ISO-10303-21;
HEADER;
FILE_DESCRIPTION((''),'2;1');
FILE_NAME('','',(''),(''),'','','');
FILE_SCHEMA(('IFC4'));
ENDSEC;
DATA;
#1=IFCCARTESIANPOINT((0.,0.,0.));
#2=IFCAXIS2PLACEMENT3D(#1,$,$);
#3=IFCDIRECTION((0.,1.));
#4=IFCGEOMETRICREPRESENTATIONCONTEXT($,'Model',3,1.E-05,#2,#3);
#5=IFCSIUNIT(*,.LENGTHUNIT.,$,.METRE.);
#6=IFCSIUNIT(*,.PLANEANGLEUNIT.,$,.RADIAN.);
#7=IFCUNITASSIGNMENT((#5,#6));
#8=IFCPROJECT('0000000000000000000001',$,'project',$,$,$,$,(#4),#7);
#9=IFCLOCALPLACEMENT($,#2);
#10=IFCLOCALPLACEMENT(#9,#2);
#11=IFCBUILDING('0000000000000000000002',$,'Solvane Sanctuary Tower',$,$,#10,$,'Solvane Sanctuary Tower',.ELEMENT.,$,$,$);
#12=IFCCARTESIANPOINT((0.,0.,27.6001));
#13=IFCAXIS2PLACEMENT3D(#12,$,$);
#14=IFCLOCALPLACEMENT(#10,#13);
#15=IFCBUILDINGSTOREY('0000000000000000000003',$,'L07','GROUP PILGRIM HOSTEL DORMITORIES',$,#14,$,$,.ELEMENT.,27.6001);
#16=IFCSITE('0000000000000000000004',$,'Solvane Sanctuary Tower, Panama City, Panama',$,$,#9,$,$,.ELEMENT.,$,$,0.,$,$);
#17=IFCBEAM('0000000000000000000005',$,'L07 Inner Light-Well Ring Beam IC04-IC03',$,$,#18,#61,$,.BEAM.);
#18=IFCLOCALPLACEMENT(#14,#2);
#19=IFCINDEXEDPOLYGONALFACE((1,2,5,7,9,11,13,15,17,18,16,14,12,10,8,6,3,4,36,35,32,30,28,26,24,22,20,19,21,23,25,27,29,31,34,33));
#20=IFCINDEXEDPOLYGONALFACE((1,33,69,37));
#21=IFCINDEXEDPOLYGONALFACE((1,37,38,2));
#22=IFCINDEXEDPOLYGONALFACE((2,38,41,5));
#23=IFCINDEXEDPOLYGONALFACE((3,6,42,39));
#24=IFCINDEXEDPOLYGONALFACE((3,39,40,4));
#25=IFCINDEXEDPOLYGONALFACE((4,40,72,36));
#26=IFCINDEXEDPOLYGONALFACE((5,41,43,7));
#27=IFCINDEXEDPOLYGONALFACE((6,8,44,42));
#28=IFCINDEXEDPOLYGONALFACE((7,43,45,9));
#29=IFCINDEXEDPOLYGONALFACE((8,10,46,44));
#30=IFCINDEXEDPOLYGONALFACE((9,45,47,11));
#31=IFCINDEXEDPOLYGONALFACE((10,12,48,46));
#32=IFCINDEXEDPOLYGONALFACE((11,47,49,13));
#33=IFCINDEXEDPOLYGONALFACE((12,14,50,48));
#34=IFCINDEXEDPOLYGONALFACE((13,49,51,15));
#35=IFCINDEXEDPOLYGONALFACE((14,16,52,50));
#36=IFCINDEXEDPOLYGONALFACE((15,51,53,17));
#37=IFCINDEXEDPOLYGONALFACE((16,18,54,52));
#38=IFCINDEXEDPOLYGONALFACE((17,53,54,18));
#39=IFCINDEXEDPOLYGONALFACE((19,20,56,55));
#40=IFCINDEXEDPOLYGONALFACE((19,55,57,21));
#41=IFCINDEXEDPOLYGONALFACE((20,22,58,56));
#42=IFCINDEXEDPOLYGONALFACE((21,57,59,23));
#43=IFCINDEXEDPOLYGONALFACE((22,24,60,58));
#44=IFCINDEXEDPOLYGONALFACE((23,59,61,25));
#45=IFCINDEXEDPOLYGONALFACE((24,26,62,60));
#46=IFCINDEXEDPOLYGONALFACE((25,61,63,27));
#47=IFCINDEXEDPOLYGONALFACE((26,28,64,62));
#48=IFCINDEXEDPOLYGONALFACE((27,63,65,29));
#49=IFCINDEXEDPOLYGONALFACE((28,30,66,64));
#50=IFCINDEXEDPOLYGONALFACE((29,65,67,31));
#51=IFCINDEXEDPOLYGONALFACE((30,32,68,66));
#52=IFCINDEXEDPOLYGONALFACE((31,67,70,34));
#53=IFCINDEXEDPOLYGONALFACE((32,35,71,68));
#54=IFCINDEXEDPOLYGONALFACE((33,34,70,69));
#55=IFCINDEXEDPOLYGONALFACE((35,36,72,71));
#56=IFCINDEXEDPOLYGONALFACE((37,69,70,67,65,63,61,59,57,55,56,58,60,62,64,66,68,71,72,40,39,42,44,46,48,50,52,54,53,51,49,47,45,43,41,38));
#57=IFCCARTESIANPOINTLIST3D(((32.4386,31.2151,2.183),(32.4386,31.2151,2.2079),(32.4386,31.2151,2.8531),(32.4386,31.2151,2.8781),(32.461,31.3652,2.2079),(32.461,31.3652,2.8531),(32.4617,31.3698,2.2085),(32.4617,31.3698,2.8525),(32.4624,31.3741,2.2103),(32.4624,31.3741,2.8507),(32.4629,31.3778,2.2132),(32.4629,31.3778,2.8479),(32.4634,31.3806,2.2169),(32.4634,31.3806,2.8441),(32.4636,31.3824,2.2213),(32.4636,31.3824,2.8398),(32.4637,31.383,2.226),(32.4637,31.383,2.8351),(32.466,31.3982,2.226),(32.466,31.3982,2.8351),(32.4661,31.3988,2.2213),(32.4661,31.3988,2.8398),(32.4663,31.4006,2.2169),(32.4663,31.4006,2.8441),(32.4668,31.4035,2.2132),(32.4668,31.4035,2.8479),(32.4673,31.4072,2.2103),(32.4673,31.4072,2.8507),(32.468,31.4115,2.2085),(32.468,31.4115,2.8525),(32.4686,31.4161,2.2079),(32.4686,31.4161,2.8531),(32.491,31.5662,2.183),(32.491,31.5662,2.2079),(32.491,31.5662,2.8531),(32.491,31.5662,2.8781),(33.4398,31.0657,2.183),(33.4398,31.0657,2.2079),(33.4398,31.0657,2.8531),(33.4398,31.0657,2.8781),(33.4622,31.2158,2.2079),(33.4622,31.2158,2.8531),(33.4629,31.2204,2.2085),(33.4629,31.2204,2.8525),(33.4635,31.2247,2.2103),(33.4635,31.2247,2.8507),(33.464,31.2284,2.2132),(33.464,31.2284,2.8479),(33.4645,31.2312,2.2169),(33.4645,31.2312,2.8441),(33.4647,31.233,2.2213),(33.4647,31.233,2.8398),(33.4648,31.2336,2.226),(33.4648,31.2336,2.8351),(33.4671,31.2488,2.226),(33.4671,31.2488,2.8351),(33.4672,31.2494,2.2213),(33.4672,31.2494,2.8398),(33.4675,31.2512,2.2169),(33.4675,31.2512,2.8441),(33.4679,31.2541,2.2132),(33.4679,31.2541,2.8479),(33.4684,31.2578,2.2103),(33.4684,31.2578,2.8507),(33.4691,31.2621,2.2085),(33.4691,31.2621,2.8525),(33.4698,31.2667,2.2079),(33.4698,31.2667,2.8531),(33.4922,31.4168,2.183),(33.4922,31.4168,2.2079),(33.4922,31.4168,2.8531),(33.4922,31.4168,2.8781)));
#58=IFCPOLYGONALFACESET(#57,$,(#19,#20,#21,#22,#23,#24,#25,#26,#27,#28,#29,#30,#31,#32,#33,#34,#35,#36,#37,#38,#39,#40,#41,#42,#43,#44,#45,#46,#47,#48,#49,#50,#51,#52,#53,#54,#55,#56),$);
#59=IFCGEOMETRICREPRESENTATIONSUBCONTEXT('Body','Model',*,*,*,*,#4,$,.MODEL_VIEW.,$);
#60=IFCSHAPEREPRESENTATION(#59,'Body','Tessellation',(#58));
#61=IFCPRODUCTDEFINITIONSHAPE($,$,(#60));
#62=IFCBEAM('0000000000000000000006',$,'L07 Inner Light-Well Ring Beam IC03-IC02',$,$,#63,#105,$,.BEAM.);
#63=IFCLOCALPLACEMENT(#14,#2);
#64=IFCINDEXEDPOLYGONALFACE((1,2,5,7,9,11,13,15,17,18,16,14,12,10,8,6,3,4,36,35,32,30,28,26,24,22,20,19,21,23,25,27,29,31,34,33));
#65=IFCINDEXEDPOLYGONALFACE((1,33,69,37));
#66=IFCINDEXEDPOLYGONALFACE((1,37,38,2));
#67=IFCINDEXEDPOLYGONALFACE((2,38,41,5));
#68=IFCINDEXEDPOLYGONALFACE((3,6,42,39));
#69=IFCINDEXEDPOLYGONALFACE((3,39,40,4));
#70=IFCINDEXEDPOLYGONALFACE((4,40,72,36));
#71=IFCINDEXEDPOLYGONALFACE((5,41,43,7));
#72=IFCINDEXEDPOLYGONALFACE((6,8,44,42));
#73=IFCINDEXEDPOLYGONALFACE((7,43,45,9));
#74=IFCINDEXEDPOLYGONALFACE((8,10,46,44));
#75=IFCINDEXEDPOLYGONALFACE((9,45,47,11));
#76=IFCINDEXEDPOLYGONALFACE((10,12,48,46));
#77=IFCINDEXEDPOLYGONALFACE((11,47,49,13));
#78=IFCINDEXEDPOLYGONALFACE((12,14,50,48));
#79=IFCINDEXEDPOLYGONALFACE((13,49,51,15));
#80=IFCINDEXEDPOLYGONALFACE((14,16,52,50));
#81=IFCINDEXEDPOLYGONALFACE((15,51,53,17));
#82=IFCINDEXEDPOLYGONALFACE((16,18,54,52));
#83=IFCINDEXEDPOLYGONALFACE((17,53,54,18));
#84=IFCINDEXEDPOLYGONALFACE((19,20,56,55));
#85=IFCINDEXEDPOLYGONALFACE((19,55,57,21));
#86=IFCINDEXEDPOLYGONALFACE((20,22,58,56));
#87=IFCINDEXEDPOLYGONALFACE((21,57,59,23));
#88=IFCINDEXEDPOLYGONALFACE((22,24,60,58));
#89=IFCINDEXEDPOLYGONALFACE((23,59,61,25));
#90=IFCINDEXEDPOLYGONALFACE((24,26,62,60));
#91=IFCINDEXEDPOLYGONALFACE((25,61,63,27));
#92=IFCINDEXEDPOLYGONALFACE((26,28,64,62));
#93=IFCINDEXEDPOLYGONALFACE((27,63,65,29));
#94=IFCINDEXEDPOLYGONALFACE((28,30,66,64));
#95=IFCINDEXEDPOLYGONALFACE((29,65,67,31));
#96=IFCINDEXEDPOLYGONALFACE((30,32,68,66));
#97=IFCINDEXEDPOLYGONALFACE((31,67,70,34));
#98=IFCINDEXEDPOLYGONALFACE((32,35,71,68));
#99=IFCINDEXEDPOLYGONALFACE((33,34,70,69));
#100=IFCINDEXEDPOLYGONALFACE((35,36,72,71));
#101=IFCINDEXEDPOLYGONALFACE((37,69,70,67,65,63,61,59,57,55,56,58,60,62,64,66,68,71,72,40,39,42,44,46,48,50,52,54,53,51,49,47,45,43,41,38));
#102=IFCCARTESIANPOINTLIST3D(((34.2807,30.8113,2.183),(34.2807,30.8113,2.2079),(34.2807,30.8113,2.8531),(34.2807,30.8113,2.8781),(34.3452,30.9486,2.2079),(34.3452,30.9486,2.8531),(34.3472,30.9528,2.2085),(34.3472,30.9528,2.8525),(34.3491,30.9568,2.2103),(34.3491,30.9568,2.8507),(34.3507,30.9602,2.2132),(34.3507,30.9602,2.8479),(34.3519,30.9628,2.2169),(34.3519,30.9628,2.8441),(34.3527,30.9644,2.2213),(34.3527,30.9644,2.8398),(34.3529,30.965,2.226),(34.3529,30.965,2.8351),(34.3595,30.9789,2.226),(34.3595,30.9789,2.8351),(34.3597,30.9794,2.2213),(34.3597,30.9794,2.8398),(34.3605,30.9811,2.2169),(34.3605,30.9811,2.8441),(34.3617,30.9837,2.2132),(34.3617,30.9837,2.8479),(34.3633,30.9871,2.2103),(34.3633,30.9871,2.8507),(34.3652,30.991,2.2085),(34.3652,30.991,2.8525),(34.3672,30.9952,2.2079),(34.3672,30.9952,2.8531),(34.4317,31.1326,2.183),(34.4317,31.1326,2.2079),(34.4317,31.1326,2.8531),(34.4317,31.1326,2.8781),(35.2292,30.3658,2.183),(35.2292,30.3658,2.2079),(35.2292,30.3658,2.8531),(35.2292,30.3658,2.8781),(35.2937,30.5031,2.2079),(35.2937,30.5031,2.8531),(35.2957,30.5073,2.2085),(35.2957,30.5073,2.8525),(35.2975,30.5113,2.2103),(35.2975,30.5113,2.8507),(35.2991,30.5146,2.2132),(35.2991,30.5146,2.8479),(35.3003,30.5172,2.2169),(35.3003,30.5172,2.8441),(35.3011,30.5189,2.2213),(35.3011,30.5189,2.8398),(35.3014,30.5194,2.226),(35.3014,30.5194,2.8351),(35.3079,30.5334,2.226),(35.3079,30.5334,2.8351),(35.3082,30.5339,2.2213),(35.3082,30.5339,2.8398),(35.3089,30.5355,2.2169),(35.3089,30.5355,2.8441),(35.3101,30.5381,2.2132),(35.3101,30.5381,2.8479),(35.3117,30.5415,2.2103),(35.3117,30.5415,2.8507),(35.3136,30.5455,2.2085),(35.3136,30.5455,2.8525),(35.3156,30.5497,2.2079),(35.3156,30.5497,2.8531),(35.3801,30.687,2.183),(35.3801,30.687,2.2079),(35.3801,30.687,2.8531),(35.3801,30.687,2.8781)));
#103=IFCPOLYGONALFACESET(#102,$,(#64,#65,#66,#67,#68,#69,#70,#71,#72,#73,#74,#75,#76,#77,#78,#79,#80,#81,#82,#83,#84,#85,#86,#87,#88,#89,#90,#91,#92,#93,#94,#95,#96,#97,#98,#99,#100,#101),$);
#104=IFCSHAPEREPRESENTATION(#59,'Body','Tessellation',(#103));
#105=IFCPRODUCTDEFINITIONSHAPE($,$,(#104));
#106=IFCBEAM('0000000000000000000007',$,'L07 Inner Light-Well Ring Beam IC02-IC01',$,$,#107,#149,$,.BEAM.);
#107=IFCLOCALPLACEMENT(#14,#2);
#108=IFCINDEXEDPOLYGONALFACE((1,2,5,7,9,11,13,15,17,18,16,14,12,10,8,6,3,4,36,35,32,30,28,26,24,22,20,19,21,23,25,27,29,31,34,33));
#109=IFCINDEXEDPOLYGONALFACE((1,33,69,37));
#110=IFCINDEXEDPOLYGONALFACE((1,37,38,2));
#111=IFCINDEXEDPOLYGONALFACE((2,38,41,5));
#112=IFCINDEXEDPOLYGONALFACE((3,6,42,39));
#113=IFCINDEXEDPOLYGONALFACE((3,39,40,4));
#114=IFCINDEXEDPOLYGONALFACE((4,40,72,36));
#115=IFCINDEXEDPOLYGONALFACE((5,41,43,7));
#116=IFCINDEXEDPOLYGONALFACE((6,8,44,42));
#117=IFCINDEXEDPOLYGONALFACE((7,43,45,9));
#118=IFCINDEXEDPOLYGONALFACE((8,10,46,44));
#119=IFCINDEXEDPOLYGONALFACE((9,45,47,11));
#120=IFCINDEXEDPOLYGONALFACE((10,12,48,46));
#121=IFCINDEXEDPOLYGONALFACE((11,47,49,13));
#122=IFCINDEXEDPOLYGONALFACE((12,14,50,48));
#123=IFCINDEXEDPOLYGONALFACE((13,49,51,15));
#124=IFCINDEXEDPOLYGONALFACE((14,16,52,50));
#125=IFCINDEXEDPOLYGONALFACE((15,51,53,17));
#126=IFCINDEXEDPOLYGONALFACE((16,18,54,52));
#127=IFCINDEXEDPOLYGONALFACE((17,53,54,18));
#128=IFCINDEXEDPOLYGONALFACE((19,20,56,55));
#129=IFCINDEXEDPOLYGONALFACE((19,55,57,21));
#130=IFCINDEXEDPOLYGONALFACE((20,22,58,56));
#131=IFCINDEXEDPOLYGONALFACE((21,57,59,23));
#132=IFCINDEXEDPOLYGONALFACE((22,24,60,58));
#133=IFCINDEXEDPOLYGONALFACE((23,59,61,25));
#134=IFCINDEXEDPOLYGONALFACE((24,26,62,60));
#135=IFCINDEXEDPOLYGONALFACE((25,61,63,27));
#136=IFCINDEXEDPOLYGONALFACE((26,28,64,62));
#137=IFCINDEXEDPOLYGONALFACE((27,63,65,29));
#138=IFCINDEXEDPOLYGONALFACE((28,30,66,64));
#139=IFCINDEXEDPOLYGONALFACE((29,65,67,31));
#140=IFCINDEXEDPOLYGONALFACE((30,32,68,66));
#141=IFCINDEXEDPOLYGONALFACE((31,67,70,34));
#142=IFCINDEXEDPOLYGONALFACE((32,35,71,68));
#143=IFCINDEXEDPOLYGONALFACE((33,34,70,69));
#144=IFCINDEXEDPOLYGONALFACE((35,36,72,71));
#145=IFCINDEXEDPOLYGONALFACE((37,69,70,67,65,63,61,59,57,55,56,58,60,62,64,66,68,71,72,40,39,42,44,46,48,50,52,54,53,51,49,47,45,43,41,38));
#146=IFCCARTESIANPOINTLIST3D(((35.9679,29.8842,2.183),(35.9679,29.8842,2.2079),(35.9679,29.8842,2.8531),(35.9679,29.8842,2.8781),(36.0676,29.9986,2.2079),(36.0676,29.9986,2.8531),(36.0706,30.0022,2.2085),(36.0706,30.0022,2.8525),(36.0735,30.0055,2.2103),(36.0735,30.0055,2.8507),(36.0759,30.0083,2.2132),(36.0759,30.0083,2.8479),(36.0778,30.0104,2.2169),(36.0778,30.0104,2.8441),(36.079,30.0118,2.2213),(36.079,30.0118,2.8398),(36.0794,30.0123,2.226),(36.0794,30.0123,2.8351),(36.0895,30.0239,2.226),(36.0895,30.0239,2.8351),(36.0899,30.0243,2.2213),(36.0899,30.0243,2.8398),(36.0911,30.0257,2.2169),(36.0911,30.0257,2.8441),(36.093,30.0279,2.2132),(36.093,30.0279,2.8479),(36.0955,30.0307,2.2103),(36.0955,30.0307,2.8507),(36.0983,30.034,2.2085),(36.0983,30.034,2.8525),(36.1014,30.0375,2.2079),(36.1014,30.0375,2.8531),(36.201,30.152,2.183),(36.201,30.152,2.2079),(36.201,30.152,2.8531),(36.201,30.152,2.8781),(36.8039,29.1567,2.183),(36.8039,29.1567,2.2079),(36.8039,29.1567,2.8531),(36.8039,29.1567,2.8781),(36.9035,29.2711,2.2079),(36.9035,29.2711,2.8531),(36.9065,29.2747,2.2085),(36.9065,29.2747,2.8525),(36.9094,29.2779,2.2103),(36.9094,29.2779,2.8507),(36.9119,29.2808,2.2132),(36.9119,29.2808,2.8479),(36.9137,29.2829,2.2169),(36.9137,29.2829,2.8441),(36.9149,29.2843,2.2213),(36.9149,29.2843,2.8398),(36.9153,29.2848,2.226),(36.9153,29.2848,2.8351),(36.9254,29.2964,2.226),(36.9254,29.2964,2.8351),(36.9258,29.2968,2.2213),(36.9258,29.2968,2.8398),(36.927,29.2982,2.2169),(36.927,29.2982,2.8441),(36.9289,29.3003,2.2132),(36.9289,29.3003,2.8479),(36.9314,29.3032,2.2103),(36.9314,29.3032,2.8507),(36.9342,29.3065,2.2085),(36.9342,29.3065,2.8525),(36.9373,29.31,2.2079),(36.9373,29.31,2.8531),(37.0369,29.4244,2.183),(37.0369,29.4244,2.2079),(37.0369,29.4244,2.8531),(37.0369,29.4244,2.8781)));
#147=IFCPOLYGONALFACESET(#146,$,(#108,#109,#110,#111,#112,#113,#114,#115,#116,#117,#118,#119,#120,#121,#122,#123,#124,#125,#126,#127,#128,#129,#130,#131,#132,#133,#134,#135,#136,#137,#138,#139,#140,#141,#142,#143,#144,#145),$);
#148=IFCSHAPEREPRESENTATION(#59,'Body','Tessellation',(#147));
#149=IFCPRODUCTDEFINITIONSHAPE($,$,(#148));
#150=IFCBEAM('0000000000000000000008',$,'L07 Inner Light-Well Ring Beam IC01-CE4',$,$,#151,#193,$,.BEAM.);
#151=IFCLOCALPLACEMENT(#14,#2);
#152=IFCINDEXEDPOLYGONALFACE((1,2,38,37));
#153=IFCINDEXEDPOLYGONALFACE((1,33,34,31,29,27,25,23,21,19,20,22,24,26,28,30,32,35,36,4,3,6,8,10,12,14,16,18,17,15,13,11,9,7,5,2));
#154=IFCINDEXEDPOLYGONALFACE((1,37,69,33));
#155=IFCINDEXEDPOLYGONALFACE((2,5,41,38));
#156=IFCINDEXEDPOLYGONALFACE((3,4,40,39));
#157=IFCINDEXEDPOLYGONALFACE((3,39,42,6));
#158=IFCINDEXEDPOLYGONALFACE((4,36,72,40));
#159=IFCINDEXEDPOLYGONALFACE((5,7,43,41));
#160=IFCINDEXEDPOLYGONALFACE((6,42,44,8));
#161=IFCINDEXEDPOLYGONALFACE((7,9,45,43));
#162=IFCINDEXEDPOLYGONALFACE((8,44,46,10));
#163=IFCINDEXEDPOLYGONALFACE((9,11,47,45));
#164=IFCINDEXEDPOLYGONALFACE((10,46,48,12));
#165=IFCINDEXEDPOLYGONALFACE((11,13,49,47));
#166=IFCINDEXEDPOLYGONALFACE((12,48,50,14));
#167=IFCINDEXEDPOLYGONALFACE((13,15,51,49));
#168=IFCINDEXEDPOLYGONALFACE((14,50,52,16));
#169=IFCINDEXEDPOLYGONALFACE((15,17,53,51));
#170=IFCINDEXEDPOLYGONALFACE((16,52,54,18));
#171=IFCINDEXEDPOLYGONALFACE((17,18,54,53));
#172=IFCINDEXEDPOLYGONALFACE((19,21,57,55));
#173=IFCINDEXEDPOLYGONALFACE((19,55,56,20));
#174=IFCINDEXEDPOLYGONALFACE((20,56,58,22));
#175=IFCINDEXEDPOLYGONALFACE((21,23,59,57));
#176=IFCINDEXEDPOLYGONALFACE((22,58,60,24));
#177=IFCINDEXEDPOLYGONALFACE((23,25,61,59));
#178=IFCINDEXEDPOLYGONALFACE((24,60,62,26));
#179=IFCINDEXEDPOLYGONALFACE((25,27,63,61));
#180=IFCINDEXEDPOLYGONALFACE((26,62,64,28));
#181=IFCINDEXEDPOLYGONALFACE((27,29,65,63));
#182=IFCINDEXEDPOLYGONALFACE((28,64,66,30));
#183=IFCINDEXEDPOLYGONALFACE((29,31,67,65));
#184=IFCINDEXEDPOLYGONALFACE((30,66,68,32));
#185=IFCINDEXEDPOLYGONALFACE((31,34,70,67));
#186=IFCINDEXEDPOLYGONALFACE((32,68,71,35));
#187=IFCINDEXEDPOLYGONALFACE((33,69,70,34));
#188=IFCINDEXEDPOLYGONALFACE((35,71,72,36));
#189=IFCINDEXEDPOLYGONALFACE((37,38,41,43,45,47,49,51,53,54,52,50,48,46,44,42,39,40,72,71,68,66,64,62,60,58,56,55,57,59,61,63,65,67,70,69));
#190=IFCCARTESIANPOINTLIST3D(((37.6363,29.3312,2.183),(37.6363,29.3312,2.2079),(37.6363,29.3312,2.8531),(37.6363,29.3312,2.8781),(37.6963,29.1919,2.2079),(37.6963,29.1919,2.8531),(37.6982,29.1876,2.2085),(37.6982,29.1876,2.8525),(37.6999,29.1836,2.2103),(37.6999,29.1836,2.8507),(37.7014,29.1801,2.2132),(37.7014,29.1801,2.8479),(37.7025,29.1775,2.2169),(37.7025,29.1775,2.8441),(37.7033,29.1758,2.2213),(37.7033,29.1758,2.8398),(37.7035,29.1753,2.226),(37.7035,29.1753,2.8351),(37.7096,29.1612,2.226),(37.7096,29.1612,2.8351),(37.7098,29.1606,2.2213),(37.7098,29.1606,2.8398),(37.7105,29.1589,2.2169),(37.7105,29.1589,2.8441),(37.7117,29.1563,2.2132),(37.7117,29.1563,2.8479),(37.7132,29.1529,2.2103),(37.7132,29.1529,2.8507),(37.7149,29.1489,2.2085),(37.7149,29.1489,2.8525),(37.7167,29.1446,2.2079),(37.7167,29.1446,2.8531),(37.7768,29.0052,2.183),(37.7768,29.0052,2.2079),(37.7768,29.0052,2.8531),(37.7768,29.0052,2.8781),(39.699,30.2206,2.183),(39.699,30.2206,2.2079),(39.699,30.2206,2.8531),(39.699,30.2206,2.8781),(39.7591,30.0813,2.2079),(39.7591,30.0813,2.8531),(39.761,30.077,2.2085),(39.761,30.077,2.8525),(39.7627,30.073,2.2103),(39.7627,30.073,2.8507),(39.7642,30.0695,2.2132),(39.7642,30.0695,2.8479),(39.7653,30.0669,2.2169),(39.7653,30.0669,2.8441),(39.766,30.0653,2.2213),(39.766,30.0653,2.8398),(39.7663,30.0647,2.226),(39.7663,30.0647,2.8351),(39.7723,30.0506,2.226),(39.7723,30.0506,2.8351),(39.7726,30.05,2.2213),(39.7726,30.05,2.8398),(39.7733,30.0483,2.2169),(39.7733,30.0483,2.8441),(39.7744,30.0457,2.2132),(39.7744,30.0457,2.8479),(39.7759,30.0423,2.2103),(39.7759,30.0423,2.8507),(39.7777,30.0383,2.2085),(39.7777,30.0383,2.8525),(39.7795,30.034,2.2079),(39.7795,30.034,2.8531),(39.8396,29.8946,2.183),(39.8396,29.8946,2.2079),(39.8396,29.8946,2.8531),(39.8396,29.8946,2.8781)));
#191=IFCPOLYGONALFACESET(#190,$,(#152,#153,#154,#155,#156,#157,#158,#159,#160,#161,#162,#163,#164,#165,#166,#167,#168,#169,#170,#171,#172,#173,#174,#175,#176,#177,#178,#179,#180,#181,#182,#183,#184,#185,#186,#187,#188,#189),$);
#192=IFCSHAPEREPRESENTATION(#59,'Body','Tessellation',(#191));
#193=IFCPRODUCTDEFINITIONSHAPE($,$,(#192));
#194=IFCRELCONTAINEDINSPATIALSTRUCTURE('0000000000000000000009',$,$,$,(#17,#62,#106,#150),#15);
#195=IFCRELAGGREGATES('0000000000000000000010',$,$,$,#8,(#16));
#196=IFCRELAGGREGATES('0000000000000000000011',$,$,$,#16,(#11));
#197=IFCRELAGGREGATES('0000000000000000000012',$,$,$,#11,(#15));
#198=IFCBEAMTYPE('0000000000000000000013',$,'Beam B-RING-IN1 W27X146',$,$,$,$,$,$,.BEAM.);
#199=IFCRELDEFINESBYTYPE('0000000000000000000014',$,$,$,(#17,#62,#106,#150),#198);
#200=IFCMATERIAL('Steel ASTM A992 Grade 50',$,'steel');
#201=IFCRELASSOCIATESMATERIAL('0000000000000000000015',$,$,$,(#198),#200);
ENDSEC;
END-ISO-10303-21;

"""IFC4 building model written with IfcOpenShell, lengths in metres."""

from ifc_helpers import new_model, si_unit, direction, frame, origin, origin_2d, place, context, subcontext, project, spatial, i_section, extrude, material, material_profile, profile_set, type_object, element, save


model = new_model("IFC4")

# Units and contexts
model_context = context("Model", 3, precision=1e-05, world=origin(), true_north=direction((0.0, 1.0)))
body_context = subcontext(model_context, "Body", "Model", "MODEL_VIEW")
ifc_project = project(units=[si_unit("LENGTHUNIT", "METRE"), si_unit("PLANEANGLEUNIT", "RADIAN")], contexts=[model_context])

# Site, building, storey
site_placement = place(None, origin())
site = spatial("IfcSite", under=ifc_project, at=site_placement, Name="Solvane Sanctuary Tower, Panama City, Panama", CompositionType="ELEMENT", RefElevation=0.0)
building_placement = place(site_placement, origin())
building = spatial("IfcBuilding", under=site, at=building_placement, Name="Solvane Sanctuary Tower", LongName="Solvane Sanctuary Tower", CompositionType="ELEMENT")
storey_placement = place(building_placement, frame((0.0, 0.0, 27.6001)))
storey = spatial("IfcBuildingStorey", under=building, at=storey_placement, Name="L07", Description="GROUP PILGRIM HOSTEL DORMITORIES", CompositionType="ELEMENT", Elevation=27.6001)

# Beams
ifc_material_1 = material(Name="Steel ASTM A992 Grade 50", Category="steel")
ifc_material_profile_1 = material_profile(ifc_material_1, i_section(OverallWidth=0.355, OverallDepth=0.6951, WebThickness=0.0154, FlangeThickness=0.0249, FilletRadius=0.0181, at=origin_2d()), Name="W27X146")
ifc_profile_set_1 = profile_set([ifc_material_profile_1], Name="Steel ASTM A992 Grade 50")
beam_type_1 = type_object("IfcBeamType", Name="Beam B-RING-IN1 W27X146", PredefinedType="BEAM", material=ifc_profile_set_1)
for number, where, z_axis, x_axis, name in (
    (1, (32.4648, 31.3906, 2.5305), (0.989048, -0.147597, 0.0), (0.147597, 0.989048, 0.0), "L07 Inner Light-Well Ring Beam IC04-IC03"),
):
    element("IfcBeam", number, at=place(storey_placement, frame(where, z_axis=z_axis, x_axis=x_axis)), inside=storey, type_object=beam_type_1, Name=name, PredefinedType="BEAM", context=body_context, shape_type="SweptSolid", body=[
        extrude(i_section(OverallWidth=0.355, OverallDepth=0.6951, WebThickness=0.0154, FlangeThickness=0.0249, FilletRadius=0.0181, at=origin_2d()), origin(), (0.0, 0.0, 1.0), 1.0122),
    ])
beam_1_placement = place(storey_placement, frame((34.3562, 30.9719, 2.5305), z_axis=(0.905109, -0.42518, 0.0), x_axis=(0.42518, 0.905109, 0.0)))
element("IfcBeam", 2, at=beam_1_placement, inside=storey, type_object=beam_type_1, Name="L07 Inner Light-Well Ring Beam IC03-IC02", PredefinedType="BEAM", context=body_context, shape_type="SweptSolid", body=[
    extrude(i_section(OverallWidth=0.355, OverallDepth=0.6951, WebThickness=0.0154, FlangeThickness=0.0249, FilletRadius=0.0181, at=origin_2d()), origin(), (0.0, 0.0, 1.0), 1.0479),
])
beam_2_placement = place(storey_placement, frame((36.0845, 30.0181, 2.5305), z_axis=(0.754321, -0.656506, 0.0), x_axis=(0.656506, 0.754321, 0.0)))
element("IfcBeam", 3, at=beam_2_placement, inside=storey, type_object=beam_type_1, Name="L07 Inner Light-Well Ring Beam IC02-IC01", PredefinedType="BEAM", context=body_context, shape_type="SweptSolid", body=[
    extrude(i_section(OverallWidth=0.355, OverallDepth=0.6951, WebThickness=0.0154, FlangeThickness=0.0249, FilletRadius=0.0181, at=origin_2d()), origin(), (0.0, 0.0, 1.0), 1.1082),
])
beam_3_placement = place(storey_placement, frame((37.7065, 29.1682, 2.5305), z_axis=(0.918277, 0.395938, 0.0), x_axis=(-0.395938, 0.918277, 0.0)))
element("IfcBeam", 4, at=beam_3_placement, inside=storey, type_object=beam_type_1, Name="L07 Inner Light-Well Ring Beam IC01-CE4", PredefinedType="BEAM", context=body_context, shape_type="SweptSolid", body=[
    extrude(i_section(OverallWidth=0.355, OverallDepth=0.6951, WebThickness=0.0154, FlangeThickness=0.0249, FilletRadius=0.0181, at=origin_2d()), origin(), (0.0, 0.0, 1.0), 2.2463),
])

save(model, "model.ifc")
